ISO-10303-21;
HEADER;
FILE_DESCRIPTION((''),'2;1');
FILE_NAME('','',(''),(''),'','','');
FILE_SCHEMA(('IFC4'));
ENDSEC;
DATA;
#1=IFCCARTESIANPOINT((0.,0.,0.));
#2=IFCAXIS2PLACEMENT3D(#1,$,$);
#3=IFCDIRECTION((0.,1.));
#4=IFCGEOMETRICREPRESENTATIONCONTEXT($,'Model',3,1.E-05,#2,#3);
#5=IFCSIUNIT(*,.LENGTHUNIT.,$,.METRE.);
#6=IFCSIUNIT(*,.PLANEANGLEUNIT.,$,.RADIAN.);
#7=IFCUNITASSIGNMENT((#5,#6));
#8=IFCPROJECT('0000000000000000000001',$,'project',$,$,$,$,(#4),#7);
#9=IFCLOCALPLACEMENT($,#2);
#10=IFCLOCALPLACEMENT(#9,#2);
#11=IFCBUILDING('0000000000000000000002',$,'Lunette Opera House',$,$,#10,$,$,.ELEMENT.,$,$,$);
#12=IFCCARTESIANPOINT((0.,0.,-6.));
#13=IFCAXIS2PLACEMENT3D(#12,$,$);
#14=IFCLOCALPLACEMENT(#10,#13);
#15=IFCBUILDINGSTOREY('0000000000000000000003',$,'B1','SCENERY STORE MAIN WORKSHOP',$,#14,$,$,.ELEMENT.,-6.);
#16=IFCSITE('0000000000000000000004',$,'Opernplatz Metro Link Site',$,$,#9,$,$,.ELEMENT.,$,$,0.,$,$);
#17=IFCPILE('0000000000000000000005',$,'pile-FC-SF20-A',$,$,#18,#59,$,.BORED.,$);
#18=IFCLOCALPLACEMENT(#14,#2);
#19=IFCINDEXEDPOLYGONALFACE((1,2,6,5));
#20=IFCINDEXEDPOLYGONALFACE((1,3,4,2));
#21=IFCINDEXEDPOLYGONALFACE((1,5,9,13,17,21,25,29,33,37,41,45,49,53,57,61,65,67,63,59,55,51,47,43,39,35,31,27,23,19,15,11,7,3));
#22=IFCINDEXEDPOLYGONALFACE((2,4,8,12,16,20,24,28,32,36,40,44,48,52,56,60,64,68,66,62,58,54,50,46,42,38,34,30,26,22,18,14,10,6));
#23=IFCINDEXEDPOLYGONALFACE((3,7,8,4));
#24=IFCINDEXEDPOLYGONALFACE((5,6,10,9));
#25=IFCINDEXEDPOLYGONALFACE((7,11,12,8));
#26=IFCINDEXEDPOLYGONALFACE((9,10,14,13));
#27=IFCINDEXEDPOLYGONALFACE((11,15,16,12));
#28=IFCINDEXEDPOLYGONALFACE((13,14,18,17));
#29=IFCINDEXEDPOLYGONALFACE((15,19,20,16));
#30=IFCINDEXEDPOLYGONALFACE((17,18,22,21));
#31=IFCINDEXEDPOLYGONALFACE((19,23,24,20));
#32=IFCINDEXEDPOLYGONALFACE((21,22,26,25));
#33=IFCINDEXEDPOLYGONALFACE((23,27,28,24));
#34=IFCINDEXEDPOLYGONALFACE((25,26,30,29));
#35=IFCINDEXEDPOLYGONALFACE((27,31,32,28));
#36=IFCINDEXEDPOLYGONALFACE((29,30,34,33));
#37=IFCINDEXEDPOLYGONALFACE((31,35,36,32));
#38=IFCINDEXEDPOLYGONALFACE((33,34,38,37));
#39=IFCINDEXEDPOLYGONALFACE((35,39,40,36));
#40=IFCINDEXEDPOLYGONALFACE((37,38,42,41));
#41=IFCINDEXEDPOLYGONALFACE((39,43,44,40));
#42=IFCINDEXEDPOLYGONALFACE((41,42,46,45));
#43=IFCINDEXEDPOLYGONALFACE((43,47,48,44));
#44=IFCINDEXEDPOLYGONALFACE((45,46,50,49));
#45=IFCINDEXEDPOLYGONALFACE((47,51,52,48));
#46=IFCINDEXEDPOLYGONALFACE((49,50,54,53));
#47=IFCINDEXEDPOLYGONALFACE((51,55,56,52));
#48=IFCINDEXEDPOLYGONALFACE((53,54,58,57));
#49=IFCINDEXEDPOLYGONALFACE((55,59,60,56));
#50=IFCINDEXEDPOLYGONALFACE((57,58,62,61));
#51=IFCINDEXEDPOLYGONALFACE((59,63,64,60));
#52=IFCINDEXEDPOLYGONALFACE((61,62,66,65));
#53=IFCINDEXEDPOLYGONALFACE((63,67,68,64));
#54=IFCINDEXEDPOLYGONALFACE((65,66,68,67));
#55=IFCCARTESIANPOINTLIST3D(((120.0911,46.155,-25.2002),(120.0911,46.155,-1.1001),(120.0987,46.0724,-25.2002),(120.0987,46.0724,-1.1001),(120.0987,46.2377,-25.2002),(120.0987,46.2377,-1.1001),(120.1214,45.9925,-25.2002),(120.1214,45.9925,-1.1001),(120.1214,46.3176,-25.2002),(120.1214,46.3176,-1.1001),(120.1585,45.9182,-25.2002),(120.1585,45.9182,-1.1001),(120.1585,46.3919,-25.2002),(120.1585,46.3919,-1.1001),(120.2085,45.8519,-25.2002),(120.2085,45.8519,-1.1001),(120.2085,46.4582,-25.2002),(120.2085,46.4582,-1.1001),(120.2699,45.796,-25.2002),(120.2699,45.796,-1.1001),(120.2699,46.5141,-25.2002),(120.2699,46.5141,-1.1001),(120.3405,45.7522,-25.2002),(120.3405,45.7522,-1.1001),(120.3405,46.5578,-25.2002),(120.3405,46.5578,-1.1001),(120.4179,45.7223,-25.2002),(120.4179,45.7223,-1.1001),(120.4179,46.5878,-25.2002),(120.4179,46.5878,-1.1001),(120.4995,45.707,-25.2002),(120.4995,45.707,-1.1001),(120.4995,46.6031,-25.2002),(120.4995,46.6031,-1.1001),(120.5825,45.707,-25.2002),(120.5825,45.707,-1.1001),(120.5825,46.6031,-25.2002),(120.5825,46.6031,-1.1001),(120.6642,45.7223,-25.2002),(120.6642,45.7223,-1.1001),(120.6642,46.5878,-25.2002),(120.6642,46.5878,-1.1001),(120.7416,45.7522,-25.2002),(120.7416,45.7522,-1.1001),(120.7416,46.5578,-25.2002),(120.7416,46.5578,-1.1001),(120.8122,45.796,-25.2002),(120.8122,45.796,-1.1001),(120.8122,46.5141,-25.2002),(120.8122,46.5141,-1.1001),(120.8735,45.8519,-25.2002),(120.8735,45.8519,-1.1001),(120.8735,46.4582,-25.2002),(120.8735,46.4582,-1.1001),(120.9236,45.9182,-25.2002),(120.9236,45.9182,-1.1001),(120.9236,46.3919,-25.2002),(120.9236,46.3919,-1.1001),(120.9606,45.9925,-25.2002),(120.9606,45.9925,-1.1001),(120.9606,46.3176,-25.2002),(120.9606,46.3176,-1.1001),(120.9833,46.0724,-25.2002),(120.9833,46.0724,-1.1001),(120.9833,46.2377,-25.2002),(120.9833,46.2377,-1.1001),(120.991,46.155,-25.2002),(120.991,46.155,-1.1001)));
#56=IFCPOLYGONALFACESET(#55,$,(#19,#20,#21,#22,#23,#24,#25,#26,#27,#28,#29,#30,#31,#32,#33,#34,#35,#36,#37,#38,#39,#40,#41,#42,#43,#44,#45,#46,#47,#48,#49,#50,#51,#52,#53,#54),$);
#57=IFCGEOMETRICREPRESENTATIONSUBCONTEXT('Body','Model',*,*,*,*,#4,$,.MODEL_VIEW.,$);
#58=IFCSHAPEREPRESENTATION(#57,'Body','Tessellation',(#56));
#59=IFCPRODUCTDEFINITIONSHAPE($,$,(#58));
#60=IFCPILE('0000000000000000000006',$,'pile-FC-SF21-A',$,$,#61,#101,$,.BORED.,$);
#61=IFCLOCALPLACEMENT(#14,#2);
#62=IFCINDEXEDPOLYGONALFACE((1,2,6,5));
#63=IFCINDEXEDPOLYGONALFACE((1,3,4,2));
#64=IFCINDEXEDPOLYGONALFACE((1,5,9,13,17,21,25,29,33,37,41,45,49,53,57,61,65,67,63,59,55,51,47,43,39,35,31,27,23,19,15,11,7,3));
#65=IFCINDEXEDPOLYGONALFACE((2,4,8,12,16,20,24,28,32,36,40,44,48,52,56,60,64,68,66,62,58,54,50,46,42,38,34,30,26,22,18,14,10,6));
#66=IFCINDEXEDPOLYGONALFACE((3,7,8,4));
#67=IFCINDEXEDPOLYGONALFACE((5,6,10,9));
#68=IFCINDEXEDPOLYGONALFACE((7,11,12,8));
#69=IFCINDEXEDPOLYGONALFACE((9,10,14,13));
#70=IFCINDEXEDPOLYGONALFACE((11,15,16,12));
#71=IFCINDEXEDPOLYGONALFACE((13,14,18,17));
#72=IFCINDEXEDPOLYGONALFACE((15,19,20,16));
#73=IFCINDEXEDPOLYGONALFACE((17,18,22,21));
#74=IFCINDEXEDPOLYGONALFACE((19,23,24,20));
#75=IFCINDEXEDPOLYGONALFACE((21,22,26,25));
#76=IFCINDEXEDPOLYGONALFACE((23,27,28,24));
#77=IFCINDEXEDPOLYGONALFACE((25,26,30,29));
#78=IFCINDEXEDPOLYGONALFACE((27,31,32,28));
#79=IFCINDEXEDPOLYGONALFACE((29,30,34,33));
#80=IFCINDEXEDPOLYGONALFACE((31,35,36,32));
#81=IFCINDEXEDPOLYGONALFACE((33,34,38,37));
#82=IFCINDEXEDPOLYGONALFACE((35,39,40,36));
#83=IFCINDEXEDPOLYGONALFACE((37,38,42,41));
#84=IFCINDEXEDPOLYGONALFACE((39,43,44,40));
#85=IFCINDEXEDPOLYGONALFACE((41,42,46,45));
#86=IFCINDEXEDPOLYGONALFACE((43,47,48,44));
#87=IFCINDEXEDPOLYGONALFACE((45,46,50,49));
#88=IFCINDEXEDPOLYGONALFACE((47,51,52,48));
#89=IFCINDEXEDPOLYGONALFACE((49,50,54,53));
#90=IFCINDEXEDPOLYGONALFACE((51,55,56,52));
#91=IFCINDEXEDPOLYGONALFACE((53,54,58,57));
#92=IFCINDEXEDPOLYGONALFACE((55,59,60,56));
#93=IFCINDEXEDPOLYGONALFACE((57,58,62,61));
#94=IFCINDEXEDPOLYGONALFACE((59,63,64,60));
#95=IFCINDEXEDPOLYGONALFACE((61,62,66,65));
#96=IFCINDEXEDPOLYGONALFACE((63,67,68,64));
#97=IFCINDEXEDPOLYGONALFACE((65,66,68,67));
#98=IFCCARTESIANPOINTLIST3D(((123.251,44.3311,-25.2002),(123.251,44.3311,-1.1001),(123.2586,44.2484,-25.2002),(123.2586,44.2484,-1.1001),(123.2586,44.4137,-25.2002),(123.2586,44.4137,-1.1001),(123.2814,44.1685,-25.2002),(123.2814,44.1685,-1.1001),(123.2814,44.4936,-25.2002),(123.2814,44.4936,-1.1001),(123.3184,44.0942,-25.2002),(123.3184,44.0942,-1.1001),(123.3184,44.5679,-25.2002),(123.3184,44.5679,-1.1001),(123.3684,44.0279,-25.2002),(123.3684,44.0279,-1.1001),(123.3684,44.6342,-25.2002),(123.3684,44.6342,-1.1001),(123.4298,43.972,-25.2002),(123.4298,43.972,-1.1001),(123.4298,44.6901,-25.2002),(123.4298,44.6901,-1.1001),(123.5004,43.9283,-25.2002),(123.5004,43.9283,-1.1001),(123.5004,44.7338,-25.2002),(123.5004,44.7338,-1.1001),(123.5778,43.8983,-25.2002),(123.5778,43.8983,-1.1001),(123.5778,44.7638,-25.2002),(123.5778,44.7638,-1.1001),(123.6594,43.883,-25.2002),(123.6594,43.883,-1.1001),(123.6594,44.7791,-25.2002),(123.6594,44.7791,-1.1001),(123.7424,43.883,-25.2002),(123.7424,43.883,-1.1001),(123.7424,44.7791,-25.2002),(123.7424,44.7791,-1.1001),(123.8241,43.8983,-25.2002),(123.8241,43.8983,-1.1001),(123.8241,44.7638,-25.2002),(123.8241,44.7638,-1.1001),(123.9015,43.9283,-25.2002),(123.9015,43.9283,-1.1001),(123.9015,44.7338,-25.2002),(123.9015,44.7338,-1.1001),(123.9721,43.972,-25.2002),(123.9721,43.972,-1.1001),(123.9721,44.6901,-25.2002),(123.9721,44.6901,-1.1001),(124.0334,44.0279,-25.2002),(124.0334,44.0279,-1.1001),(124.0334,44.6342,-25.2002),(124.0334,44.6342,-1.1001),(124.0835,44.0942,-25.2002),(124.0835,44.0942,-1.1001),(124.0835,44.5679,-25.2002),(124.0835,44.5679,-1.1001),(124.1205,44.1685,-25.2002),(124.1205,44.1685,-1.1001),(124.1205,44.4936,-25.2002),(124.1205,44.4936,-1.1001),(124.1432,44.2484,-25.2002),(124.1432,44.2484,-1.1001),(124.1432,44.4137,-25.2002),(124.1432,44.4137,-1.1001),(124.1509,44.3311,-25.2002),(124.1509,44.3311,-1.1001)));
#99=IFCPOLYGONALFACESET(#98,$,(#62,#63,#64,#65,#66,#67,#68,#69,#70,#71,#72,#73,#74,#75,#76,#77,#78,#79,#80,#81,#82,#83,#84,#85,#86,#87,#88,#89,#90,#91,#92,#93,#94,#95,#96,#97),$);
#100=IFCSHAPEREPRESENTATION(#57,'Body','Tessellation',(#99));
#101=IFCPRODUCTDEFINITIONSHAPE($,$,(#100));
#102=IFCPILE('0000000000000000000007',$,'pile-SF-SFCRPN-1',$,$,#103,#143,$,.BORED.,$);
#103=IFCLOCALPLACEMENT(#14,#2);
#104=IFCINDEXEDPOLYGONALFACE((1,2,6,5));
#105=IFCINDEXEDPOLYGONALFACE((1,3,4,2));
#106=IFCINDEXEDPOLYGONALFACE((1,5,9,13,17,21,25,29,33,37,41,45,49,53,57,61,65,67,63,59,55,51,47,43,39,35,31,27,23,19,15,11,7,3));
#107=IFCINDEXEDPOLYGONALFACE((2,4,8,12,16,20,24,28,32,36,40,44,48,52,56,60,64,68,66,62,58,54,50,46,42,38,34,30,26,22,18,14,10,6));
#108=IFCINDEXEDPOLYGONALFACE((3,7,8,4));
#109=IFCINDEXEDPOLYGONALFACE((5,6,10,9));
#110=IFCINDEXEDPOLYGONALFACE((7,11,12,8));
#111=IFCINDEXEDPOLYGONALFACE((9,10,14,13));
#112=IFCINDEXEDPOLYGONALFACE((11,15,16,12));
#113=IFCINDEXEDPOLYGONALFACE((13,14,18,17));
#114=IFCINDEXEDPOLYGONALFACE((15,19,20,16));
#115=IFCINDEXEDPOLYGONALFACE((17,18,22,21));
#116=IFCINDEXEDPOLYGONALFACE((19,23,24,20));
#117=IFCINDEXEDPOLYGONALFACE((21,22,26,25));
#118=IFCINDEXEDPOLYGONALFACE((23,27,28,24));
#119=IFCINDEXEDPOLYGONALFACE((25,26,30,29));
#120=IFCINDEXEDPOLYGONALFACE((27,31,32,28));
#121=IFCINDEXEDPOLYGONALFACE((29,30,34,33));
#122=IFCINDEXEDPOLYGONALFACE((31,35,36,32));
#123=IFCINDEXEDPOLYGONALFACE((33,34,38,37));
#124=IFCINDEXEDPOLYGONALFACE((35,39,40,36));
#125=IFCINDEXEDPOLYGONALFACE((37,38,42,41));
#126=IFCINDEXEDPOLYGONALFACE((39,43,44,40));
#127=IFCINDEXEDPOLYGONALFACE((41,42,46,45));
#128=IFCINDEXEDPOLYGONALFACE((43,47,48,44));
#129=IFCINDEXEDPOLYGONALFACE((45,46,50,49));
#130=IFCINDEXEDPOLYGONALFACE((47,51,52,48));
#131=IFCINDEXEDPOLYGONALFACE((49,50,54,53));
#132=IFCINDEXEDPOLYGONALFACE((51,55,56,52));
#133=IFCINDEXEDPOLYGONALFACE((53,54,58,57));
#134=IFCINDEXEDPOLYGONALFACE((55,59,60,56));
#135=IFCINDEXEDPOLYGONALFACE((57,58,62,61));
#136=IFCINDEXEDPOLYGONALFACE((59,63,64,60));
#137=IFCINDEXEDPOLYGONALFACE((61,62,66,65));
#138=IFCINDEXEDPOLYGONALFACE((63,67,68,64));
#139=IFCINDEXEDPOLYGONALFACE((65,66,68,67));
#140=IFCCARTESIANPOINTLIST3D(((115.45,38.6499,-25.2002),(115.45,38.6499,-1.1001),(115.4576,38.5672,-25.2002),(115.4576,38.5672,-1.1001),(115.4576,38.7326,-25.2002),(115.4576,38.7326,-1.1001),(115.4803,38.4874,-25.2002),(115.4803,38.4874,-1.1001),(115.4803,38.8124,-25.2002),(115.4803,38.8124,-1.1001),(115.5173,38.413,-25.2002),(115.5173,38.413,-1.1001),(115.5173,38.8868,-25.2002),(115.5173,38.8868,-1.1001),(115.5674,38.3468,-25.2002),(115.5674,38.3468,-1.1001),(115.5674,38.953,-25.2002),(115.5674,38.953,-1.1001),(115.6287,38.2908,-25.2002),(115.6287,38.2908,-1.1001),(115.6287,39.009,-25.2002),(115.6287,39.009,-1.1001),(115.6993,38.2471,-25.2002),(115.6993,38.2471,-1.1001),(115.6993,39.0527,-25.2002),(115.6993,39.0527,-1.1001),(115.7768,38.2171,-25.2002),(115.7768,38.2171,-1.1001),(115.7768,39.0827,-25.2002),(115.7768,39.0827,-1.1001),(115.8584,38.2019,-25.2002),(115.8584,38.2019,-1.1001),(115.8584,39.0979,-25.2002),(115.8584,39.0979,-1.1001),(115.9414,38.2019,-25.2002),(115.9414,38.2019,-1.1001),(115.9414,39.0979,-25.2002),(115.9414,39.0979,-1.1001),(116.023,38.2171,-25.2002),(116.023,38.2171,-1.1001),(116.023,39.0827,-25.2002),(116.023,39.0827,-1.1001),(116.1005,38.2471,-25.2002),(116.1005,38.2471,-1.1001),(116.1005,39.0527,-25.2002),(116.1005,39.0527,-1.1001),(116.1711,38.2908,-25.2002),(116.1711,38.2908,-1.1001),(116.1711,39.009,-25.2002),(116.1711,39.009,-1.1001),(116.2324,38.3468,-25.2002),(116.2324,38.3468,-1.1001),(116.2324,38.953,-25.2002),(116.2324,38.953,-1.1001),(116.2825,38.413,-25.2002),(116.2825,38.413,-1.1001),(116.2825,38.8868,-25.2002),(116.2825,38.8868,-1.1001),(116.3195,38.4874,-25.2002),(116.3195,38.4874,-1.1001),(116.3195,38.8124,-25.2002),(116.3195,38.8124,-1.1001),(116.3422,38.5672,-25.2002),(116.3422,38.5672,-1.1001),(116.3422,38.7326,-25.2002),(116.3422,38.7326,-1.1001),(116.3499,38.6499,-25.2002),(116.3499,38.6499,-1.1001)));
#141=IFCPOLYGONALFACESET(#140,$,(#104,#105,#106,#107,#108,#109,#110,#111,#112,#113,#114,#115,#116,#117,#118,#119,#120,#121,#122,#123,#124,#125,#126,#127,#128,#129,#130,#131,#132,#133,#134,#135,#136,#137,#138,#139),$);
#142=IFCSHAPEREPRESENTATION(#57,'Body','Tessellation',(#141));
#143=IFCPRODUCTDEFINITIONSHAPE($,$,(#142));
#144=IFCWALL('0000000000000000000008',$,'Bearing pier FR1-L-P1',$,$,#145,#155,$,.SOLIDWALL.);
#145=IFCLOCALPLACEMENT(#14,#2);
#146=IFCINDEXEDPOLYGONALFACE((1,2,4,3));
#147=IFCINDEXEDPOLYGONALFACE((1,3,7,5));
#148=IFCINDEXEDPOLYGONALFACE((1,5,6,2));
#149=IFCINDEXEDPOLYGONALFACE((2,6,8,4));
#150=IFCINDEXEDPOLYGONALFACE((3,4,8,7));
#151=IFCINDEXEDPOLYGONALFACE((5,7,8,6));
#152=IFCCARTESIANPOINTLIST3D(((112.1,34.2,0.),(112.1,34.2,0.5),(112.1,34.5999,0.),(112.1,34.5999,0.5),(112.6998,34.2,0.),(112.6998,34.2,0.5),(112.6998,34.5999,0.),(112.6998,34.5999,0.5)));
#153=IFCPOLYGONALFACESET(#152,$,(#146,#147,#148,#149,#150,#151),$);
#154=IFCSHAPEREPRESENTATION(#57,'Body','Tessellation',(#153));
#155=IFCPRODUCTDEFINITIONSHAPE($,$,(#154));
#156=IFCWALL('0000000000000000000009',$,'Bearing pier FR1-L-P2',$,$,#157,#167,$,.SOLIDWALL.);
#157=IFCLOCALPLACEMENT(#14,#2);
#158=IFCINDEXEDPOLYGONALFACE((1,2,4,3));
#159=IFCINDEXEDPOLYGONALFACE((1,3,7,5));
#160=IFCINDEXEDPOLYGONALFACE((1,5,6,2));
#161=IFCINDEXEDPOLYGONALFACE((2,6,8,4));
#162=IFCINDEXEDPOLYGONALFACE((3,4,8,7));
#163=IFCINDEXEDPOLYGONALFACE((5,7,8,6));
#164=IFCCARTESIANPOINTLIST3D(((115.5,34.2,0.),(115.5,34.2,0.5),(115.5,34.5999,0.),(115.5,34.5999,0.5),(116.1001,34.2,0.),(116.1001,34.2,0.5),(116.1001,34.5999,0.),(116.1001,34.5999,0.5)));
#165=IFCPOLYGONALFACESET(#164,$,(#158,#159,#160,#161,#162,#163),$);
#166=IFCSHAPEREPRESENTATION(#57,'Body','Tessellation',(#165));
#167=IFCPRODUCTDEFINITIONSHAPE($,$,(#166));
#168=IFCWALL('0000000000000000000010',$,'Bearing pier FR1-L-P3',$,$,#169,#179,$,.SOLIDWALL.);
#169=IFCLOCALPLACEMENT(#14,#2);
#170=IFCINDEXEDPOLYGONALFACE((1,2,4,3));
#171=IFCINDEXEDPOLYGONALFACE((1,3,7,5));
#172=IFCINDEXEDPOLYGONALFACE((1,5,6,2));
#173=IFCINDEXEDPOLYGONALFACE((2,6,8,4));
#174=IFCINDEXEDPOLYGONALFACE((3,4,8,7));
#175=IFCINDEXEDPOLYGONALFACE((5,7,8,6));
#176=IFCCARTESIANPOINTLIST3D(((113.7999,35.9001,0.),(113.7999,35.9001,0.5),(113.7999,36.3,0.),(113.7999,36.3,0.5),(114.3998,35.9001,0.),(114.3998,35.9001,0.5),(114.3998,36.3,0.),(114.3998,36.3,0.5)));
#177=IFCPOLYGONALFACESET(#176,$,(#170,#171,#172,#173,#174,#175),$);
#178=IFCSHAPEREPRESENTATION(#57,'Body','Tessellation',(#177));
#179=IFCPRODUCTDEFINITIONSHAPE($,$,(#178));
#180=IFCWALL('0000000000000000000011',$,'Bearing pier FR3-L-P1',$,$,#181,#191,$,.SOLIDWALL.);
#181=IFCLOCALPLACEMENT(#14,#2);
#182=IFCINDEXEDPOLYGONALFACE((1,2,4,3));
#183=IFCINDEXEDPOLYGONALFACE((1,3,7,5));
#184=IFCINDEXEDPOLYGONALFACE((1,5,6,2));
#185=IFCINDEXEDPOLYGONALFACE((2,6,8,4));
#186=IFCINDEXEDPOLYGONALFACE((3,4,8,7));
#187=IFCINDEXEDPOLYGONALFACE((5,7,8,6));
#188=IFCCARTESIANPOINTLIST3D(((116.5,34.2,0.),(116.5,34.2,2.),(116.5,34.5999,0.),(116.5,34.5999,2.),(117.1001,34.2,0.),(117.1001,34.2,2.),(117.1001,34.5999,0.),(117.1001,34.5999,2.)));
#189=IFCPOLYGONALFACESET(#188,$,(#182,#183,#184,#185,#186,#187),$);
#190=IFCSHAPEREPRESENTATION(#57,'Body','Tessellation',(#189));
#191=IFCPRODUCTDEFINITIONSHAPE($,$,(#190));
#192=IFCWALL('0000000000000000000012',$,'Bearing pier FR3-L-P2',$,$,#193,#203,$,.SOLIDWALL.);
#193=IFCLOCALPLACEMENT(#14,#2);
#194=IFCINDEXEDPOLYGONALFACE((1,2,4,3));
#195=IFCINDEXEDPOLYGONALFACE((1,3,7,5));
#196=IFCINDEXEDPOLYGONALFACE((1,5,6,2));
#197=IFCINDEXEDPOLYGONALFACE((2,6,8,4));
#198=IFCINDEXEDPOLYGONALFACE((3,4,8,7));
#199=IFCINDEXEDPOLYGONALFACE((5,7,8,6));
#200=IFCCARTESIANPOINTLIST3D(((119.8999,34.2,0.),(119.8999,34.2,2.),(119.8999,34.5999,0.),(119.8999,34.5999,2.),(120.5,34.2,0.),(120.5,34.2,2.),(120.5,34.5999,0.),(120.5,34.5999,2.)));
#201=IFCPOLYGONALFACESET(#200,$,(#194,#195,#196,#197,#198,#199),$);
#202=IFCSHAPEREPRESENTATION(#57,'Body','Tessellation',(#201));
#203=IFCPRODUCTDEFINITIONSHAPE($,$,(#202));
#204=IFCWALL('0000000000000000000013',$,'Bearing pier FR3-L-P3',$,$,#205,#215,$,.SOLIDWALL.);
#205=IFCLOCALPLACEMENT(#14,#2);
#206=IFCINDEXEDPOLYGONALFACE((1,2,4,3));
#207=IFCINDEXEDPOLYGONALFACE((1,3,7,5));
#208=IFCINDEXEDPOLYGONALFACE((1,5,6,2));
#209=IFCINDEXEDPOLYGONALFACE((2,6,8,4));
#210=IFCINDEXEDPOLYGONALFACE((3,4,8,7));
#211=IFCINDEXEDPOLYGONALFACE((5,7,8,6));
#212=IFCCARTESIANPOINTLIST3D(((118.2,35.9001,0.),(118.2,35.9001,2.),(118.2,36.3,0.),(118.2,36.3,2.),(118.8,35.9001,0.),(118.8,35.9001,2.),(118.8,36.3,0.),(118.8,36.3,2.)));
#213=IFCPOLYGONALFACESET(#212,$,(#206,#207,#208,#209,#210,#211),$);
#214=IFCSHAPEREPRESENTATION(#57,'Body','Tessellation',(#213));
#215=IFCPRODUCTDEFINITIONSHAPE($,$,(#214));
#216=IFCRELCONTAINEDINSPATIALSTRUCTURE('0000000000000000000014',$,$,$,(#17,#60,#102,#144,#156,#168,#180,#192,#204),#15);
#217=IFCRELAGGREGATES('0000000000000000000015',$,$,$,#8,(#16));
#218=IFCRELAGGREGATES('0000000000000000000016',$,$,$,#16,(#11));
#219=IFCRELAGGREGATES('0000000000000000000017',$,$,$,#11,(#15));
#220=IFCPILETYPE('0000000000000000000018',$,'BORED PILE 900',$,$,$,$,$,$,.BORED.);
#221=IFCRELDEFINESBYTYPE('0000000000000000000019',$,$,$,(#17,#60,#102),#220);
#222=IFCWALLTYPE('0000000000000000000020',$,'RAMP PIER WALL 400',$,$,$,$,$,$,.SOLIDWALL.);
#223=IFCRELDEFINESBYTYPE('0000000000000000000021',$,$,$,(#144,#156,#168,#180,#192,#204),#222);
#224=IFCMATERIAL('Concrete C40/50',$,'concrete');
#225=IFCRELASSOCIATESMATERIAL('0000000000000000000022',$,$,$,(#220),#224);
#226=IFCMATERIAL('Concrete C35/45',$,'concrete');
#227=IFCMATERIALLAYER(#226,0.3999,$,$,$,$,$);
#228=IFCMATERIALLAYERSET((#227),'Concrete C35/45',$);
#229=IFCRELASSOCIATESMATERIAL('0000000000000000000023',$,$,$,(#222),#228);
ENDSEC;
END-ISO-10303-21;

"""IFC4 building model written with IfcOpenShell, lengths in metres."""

from ifc_helpers import new_model, si_unit, direction, frame, frame_2d, origin, origin_2d, place, context, subcontext, project, spatial, rectangle, circle, extrude, material, layer, layer_set, material_profile, profile_set, type_object, element, save


model = new_model("IFC4")

# Units and contexts
model_context = context("Model", 3, precision=1e-05, world=origin(), true_north=direction((0.0, 1.0)))
body_context = subcontext(model_context, "Body", "Model", "MODEL_VIEW")
ifc_project = project(units=[si_unit("LENGTHUNIT", "METRE"), si_unit("PLANEANGLEUNIT", "RADIAN")], contexts=[model_context])

# Site, building, storey
site_placement = place(None, origin())
site = spatial("IfcSite", under=ifc_project, at=site_placement, Name="Opernplatz Metro Link Site", CompositionType="ELEMENT", RefElevation=0.0)
building_placement = place(site_placement, origin())
building = spatial("IfcBuilding", under=site, at=building_placement, Name="Lunette Opera House", CompositionType="ELEMENT")
storey_placement = place(building_placement, frame((0.0, 0.0, -6.0)))
storey = spatial("IfcBuildingStorey", under=building, at=storey_placement, Name="B1", Description="SCENERY STORE MAIN WORKSHOP", CompositionType="ELEMENT", Elevation=-6.0)

# Piles
ifc_material_1 = material(Name="Concrete C40/50", Category="concrete")
ifc_material_profile = material_profile(ifc_material_1, circle(Radius=0.45, at=origin_2d()), Name="BORED PILE 900")
ifc_profile_set = profile_set([ifc_material_profile], Name="Concrete C40/50")
pile_type = type_object("IfcPileType", Name="BORED PILE 900", PredefinedType="BORED", material=ifc_profile_set)
for number, where, z_axis, x_axis, name in (
    (1, (120.541, 46.155, -1.1001), (0.0, 0.0, -1.0), (1.0, 0.0, 0.0), "pile-FC-SF20-A"),
    (2, (123.7009, 44.3311, -1.1001), (0.0, 0.0, -1.0), (1.0, 0.0, 0.0), "pile-FC-SF21-A"),
    (3, (115.8999, 38.6499, -1.1001), (0.0, 0.0, -1.0), (1.0, 0.0, 0.0), "pile-SF-SFCRPN-1"),
):
    element("IfcPile", number, at=place(storey_placement, frame(where, z_axis=z_axis, x_axis=x_axis)), inside=storey, type_object=pile_type, Name=name, PredefinedType="BORED", context=body_context, shape_type="SweptSolid", body=[
        extrude(circle(Radius=0.45, at=origin_2d()), origin(), (0.0, 0.0, 1.0), 24.1001),
    ])

# Walls
ifc_material_2 = material(Name="Concrete C35/45", Category="concrete")
ifc_layer_1 = layer(ifc_material_2, 0.3999)
ifc_layer_set_1 = layer_set([ifc_layer_1], Name="Concrete C35/45")
wall_type_1 = type_object("IfcWallType", Name="RAMP PIER WALL 400", PredefinedType="SOLIDWALL", material=ifc_layer_set_1)
wall_1_placement = place(storey_placement, frame((112.1001, 34.3999, 0.0), z_axis=(0.0, 0.0, 1.0), x_axis=(1.0, 0.0, 0.0)))
element("IfcWall", 4, at=wall_1_placement, inside=storey, type_object=wall_type_1, Name="Bearing pier FR1-L-P1", PredefinedType="SOLIDWALL", context=body_context, shape_type="SweptSolid", body=[
    extrude(rectangle(XDim=0.5999, YDim=0.3999, at=frame_2d((0.2998, 0.0))), origin(), (0.0, 0.0, 1.0), 0.5),
])
wall_2_placement = place(storey_placement, frame((115.5, 34.3999, 0.0), z_axis=(0.0, 0.0, 1.0), x_axis=(1.0, 0.0, 0.0)))
element("IfcWall", 5, at=wall_2_placement, inside=storey, type_object=wall_type_1, Name="Bearing pier FR1-L-P2", PredefinedType="SOLIDWALL", context=body_context, shape_type="SweptSolid", body=[
    extrude(rectangle(XDim=0.6001, YDim=0.3999, at=frame_2d((0.3, 0.0))), origin(), (0.0, 0.0, 1.0), 0.5),
])
wall_3_placement = place(storey_placement, frame((113.8, 36.1001, 0.0), z_axis=(0.0, 0.0, 1.0), x_axis=(1.0, 0.0, 0.0)))
element("IfcWall", 6, at=wall_3_placement, inside=storey, type_object=wall_type_1, Name="Bearing pier FR1-L-P3", PredefinedType="SOLIDWALL", context=body_context, shape_type="SweptSolid", body=[
    extrude(rectangle(XDim=0.5999, YDim=0.3999, at=frame_2d((0.2998, 0.0))), origin(), (0.0, 0.0, 1.0), 0.5),
])
for number, where, z_axis, x_axis, name in (
    (7, (116.5, 34.3999, 0.0), (0.0, 0.0, 1.0), (1.0, 0.0, 0.0), "Bearing pier FR3-L-P1"),
    (8, (119.8999, 34.3999, 0.0), (0.0, 0.0, 1.0), (1.0, 0.0, 0.0), "Bearing pier FR3-L-P2"),
    (9, (118.2, 36.1001, 0.0), (0.0, 0.0, 1.0), (1.0, 0.0, 0.0), "Bearing pier FR3-L-P3"),
):
    element("IfcWall", number, at=place(storey_placement, frame(where, z_axis=z_axis, x_axis=x_axis)), inside=storey, type_object=wall_type_1, Name=name, PredefinedType="SOLIDWALL", context=body_context, shape_type="SweptSolid", body=[
        extrude(rectangle(XDim=0.6001, YDim=0.3999, at=frame_2d((0.3, 0.0))), origin(), (0.0, 0.0, 1.0), 2.0),
    ])

save(model, "model.ifc")
